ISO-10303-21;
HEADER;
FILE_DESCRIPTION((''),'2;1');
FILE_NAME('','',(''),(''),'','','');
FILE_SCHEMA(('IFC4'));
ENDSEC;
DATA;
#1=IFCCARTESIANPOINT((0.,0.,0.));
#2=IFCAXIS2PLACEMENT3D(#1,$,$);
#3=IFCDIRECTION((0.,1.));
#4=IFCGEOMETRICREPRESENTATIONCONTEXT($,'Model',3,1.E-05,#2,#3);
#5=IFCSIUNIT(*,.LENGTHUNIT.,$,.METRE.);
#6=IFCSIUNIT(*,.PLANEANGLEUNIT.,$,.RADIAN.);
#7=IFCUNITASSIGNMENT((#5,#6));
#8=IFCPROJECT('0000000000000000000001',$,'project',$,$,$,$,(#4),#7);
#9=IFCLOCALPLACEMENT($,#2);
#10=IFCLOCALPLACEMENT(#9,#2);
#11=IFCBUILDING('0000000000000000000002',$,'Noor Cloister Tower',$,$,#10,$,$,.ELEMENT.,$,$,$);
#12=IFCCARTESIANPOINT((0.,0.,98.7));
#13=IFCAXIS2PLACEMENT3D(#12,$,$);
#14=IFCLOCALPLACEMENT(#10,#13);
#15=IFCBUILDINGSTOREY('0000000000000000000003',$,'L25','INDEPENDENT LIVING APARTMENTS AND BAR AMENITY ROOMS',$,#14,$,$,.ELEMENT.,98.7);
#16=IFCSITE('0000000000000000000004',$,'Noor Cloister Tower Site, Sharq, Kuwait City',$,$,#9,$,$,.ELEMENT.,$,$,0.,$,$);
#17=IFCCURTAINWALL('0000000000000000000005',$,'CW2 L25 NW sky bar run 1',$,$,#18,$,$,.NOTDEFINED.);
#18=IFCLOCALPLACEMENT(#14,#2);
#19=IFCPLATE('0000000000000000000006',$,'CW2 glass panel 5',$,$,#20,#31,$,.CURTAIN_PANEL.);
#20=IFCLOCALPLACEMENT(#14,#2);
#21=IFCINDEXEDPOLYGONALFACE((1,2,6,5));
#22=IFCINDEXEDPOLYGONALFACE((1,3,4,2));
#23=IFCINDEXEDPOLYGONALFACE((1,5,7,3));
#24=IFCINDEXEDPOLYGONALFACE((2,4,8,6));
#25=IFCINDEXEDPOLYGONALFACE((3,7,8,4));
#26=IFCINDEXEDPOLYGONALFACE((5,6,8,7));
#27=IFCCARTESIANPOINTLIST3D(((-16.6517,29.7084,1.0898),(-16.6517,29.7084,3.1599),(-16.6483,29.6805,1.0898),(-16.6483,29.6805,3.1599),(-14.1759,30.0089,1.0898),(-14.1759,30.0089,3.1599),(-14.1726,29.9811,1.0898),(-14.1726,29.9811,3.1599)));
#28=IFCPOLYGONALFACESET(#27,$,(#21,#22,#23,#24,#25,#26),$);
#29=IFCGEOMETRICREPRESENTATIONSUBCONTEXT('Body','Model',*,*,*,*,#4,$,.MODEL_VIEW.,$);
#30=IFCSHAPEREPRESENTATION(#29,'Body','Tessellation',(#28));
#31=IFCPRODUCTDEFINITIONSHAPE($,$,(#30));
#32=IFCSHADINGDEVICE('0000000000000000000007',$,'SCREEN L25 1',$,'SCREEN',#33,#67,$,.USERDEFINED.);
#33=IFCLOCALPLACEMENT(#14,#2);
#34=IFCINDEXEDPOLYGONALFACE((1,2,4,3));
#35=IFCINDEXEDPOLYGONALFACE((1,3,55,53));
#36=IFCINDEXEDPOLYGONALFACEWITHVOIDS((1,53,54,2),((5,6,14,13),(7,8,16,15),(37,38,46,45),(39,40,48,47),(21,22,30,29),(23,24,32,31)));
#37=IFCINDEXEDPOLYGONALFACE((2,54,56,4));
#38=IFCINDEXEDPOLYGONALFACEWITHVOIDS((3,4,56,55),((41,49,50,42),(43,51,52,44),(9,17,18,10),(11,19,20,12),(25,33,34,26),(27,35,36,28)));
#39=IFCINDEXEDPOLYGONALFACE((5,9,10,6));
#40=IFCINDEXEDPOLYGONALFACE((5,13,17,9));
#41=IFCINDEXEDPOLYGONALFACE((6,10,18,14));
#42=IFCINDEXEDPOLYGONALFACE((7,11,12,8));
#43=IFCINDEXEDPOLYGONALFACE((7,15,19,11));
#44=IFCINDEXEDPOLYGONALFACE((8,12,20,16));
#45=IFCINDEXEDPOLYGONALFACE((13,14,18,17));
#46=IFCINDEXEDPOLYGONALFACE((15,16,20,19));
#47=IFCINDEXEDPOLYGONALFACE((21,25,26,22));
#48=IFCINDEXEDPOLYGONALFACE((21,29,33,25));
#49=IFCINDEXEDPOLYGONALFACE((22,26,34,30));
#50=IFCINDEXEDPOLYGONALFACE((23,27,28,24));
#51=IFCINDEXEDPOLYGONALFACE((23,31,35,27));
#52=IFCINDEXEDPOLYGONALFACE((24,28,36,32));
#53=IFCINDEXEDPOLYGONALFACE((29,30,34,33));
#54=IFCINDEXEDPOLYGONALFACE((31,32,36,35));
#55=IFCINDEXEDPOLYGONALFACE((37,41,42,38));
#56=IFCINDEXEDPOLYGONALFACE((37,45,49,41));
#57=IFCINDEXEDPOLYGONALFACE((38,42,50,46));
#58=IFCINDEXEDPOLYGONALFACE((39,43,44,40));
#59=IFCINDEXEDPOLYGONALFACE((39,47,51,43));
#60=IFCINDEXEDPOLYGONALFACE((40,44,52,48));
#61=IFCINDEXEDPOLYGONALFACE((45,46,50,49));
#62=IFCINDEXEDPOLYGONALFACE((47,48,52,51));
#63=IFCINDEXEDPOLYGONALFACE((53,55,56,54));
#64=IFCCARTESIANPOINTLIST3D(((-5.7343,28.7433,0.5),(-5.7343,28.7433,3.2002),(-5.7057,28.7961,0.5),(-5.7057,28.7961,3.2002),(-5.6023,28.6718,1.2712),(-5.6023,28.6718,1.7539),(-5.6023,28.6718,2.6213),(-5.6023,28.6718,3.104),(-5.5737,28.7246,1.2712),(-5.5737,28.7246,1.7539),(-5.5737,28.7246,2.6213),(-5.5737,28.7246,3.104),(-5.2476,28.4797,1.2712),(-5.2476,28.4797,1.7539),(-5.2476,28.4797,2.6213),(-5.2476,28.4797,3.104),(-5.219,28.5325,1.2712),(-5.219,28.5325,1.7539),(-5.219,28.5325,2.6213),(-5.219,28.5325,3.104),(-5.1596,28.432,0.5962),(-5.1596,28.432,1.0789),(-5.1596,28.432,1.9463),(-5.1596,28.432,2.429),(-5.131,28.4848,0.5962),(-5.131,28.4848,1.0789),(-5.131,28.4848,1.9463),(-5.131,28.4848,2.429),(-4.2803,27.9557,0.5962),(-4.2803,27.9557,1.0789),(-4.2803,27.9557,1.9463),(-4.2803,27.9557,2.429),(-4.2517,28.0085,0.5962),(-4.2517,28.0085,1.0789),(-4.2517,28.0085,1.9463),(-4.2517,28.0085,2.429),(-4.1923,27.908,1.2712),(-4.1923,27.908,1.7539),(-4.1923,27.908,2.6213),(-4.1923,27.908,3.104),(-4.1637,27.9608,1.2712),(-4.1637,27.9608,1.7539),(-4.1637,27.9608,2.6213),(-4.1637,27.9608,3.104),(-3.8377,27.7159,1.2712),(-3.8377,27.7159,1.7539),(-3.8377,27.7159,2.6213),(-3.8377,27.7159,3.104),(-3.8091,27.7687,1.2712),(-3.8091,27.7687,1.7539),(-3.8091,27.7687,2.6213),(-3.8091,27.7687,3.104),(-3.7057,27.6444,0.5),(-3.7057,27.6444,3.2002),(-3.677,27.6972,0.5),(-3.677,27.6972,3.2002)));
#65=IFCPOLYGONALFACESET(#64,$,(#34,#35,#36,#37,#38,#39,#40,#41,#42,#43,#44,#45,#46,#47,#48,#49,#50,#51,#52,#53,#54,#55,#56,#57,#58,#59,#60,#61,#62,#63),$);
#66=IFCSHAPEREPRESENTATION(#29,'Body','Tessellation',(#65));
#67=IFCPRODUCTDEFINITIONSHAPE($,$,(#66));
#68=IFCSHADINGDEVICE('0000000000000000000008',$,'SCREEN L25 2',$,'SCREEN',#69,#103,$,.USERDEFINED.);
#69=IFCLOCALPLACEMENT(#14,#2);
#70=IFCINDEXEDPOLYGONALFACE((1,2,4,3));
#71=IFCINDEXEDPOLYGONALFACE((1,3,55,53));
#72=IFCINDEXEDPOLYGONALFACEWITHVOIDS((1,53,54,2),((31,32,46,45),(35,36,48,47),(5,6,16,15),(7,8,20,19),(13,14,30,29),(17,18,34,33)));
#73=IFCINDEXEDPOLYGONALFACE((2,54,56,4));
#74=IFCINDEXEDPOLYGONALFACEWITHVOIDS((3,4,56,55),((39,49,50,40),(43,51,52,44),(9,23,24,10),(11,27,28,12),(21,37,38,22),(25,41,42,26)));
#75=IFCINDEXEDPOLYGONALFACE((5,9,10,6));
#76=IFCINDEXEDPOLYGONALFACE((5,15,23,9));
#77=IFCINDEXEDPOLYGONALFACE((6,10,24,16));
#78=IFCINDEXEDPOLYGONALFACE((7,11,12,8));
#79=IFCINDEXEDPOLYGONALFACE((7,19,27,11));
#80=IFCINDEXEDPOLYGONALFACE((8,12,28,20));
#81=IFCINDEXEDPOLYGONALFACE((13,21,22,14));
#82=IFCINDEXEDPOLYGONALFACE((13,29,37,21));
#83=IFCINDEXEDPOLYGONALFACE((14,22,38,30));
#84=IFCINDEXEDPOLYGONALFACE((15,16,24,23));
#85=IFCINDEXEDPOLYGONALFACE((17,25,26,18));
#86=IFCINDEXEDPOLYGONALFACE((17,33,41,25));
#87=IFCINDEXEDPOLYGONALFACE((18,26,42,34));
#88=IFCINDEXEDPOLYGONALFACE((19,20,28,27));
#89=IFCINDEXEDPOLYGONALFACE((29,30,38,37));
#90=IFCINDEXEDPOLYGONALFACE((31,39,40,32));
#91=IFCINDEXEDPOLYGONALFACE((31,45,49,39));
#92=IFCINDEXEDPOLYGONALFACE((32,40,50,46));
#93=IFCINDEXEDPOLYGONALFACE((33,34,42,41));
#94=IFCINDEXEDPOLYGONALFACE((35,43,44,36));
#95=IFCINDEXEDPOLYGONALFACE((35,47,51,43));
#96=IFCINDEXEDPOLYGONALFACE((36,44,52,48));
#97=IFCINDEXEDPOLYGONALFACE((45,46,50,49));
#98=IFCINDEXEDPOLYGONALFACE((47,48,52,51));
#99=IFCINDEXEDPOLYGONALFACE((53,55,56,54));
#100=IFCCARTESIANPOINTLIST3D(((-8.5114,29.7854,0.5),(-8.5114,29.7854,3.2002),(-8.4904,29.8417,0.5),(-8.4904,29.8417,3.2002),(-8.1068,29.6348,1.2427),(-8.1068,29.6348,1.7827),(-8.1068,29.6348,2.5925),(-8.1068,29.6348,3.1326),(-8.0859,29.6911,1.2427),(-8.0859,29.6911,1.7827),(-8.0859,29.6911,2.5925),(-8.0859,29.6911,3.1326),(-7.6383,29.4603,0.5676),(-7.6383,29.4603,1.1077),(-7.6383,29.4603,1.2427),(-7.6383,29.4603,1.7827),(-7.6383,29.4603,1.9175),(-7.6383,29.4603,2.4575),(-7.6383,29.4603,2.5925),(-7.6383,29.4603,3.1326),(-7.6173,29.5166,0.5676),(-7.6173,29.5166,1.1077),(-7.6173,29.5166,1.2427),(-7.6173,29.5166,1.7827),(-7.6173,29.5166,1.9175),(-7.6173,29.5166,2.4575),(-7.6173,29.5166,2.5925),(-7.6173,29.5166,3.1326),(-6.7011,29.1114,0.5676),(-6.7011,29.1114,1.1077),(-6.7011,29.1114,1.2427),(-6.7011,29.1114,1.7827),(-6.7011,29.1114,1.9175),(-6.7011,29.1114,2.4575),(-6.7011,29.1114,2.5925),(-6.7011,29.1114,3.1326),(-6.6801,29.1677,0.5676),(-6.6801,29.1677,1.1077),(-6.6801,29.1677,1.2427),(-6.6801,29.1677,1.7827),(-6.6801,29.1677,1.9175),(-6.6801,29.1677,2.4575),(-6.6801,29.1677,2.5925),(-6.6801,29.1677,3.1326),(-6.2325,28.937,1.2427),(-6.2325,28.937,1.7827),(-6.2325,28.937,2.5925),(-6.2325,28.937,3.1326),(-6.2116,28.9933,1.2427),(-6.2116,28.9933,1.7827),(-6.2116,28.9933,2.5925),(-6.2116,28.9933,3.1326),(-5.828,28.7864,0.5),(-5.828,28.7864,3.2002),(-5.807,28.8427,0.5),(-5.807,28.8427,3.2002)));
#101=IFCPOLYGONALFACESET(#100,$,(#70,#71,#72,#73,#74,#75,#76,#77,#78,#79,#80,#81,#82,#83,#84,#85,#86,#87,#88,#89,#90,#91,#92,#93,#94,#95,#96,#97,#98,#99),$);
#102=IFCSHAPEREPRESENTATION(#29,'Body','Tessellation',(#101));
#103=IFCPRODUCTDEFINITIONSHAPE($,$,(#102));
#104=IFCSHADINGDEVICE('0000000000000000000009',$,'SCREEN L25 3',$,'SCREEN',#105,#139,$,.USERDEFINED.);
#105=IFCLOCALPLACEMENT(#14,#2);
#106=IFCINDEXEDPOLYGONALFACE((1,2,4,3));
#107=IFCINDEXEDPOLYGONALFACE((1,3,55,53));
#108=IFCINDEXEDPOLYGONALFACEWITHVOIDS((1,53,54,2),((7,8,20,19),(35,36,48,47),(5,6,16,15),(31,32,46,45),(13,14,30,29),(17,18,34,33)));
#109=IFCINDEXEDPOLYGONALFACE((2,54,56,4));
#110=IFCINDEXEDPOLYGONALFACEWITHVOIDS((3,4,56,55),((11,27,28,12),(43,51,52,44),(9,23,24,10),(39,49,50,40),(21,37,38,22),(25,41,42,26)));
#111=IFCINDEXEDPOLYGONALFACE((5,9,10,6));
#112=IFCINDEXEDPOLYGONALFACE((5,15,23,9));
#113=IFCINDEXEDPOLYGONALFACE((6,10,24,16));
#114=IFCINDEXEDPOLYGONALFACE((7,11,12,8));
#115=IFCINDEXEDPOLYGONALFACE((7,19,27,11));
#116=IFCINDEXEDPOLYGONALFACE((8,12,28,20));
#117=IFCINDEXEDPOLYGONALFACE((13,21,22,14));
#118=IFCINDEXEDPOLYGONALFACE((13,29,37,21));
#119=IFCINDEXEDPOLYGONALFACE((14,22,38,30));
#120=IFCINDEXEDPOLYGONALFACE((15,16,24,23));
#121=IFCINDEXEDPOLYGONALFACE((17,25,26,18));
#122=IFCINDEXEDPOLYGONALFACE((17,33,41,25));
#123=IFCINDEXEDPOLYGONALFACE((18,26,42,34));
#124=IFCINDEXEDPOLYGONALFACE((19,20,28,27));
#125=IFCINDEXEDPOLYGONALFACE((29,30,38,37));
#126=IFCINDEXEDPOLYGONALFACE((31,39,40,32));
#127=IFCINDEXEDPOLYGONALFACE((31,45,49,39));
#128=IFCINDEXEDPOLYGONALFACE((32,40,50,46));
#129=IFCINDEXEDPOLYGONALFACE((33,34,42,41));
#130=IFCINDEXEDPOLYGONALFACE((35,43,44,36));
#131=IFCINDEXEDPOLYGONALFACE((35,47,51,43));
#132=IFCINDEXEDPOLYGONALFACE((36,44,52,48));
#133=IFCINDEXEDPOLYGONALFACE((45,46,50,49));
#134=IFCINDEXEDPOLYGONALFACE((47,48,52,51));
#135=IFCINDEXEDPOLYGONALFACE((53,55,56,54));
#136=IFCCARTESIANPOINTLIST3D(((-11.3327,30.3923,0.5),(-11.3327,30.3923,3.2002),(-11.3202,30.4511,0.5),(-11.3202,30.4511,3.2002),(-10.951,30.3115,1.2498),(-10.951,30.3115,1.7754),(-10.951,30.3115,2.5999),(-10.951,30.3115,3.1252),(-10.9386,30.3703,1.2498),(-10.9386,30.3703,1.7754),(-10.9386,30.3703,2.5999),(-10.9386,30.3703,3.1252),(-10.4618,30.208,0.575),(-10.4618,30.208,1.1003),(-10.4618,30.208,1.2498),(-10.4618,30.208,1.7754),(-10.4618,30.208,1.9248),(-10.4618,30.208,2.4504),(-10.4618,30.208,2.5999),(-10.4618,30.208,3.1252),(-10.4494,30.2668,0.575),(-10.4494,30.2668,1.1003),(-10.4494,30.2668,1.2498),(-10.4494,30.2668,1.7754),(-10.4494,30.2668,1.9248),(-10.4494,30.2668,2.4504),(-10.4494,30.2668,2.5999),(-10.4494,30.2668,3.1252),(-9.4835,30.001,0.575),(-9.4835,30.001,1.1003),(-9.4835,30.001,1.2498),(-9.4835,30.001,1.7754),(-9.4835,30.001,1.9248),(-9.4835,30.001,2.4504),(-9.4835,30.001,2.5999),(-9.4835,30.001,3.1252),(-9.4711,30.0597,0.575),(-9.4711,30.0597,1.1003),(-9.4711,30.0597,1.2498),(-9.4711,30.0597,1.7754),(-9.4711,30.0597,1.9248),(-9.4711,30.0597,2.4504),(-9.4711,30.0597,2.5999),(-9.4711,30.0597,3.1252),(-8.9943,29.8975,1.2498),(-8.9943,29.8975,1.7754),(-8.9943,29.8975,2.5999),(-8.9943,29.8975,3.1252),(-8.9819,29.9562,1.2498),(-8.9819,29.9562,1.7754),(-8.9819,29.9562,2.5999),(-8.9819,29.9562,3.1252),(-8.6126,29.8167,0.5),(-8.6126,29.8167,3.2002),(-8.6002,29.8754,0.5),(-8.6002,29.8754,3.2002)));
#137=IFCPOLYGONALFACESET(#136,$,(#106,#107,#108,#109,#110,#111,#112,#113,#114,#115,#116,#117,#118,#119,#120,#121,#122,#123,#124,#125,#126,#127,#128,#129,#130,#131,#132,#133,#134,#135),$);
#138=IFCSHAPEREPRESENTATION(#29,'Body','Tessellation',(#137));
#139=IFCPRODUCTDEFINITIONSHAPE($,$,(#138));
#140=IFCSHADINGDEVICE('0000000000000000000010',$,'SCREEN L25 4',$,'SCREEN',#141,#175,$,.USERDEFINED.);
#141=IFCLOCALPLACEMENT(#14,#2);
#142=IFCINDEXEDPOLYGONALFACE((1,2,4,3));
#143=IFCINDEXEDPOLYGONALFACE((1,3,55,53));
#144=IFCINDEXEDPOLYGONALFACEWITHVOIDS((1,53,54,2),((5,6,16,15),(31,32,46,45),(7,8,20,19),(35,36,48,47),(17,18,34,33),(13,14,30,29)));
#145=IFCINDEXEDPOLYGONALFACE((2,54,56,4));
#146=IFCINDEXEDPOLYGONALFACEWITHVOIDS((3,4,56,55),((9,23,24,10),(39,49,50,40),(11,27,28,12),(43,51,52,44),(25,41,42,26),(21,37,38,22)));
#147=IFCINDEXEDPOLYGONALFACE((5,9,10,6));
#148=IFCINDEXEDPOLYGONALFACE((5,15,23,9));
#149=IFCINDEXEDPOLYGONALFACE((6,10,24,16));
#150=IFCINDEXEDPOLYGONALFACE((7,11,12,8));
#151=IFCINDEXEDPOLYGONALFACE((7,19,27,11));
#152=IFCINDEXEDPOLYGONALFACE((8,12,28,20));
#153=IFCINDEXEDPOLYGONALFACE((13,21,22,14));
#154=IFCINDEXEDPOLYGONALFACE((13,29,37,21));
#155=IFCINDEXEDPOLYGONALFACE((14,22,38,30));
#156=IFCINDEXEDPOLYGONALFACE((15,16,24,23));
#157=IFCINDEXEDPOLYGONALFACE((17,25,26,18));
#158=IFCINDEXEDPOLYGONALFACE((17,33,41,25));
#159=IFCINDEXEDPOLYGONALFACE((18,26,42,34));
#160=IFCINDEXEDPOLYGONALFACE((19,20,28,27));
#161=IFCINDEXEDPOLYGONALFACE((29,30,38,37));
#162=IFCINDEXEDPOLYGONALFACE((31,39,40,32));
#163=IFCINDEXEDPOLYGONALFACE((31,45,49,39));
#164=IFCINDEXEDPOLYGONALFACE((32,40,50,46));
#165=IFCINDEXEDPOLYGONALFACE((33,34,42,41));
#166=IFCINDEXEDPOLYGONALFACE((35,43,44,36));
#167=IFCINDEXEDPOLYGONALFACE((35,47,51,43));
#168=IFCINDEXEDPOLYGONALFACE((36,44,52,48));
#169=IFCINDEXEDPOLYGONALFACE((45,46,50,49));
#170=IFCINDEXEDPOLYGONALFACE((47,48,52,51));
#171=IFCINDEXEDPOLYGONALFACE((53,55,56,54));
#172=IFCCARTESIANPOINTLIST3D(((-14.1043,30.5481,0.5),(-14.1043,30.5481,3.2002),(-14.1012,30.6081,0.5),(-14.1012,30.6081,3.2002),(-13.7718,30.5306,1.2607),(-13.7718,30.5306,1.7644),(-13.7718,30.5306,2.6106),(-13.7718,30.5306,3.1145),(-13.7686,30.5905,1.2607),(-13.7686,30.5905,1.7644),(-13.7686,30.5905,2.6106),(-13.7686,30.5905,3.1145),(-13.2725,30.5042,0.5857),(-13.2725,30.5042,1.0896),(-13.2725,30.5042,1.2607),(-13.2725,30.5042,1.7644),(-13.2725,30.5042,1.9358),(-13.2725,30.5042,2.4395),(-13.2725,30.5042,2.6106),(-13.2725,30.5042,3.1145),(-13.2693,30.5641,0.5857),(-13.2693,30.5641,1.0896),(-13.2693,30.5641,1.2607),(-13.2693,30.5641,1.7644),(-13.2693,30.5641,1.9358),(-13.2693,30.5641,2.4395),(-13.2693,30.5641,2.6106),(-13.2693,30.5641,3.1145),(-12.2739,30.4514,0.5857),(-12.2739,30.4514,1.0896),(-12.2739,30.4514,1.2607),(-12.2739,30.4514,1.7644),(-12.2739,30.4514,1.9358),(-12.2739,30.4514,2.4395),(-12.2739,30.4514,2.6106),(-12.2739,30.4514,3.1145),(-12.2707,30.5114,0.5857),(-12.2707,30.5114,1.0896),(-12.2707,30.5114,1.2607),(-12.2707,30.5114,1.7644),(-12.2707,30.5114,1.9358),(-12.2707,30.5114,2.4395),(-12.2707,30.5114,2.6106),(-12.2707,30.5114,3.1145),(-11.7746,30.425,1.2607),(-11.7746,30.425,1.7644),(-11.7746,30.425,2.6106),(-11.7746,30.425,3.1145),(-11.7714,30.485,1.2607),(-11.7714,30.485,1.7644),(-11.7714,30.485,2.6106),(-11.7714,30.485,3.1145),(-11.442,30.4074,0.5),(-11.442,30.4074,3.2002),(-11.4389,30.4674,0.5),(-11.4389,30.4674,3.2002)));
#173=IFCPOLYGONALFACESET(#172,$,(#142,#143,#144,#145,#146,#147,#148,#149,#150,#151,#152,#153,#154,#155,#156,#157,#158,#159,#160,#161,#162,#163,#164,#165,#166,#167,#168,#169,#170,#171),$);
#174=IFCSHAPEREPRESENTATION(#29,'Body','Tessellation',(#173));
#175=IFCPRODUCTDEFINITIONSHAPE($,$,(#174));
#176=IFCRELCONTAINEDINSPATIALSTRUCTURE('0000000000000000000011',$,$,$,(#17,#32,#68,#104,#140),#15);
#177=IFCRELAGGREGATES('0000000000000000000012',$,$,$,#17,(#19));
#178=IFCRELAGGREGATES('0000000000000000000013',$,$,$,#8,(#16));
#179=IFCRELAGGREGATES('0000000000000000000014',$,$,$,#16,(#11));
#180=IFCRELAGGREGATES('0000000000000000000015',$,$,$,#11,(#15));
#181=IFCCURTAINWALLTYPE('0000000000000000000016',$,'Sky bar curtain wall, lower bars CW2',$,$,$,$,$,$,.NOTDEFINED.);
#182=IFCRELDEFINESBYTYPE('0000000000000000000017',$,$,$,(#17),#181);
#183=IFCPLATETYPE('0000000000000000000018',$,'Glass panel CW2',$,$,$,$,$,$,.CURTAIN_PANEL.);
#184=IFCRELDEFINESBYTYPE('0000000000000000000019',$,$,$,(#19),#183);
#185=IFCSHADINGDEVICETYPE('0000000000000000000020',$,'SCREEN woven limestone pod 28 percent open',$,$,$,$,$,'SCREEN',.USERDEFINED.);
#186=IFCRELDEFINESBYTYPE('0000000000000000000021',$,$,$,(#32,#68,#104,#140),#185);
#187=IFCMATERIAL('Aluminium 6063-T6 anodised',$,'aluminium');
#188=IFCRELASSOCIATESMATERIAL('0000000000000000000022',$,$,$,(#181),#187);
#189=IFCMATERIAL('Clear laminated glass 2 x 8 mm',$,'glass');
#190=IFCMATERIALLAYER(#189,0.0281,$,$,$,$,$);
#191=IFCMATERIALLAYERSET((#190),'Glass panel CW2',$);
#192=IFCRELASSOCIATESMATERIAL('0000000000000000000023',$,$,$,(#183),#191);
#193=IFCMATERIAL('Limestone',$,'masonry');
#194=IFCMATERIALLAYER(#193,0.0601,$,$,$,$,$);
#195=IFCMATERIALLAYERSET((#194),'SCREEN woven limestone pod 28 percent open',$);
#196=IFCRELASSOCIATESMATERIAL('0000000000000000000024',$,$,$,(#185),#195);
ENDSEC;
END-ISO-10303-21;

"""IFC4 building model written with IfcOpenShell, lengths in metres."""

from ifc_helpers import new_model, si_unit, direction, frame, origin, origin_2d, place, context, subcontext, project, spatial, polyline, rectangle, outline, extrude, material, layer, layer_set, type_object, element, aggregate, save


model = new_model("IFC4")

# Units and contexts
model_context = context("Model", 3, precision=1e-05, world=origin(), true_north=direction((0.0, 1.0)))
body_context = subcontext(model_context, "Body", "Model", "MODEL_VIEW")
ifc_project = project(units=[si_unit("LENGTHUNIT", "METRE"), si_unit("PLANEANGLEUNIT", "RADIAN")], contexts=[model_context])

# Site, building, storey
site_placement = place(None, origin())
site = spatial("IfcSite", under=ifc_project, at=site_placement, Name="Noor Cloister Tower Site, Sharq, Kuwait City", CompositionType="ELEMENT", RefElevation=0.0)
building_placement = place(site_placement, origin())
building = spatial("IfcBuilding", under=site, at=building_placement, Name="Noor Cloister Tower", CompositionType="ELEMENT")
storey_placement = place(building_placement, frame((0.0, 0.0, 98.7)))
storey = spatial("IfcBuildingStorey", under=building, at=storey_placement, Name="L25", Description="INDEPENDENT LIVING APARTMENTS AND BAR AMENITY ROOMS", CompositionType="ELEMENT", Elevation=98.7)

# Curtain wall
ifc_material_1 = material(Name="Aluminium 6063-T6 anodised", Category="aluminium")
curtain_wall_type = type_object("IfcCurtainWallType", Name="Sky bar curtain wall, lower bars CW2", PredefinedType="NOTDEFINED", material=ifc_material_1)
curtain_wall_placement = place(storey_placement, origin())
curtain_wall = element("IfcCurtainWall", 1, at=curtain_wall_placement, inside=storey, type_object=curtain_wall_type, Name="CW2 L25 NW sky bar run 1", PredefinedType="NOTDEFINED")

# Plate
ifc_material_2 = material(Name="Clear laminated glass 2 x 8 mm", Category="glass")
ifc_layer_1 = layer(ifc_material_2, 0.0281)
ifc_layer_set_1 = layer_set([ifc_layer_1], Name="Glass panel CW2")
plate_type = type_object("IfcPlateType", Name="Glass panel CW2", PredefinedType="CURTAIN_PANEL", material=ifc_layer_set_1)
plate_1_placement = place(storey_placement, frame((-15.4121, 29.8447, 1.0898), z_axis=(0.0, 0.0, 1.0), x_axis=(-0.992712, -0.12051, 0.0)))
plate_1 = element("IfcPlate", 2, at=plate_1_placement, type_object=plate_type, Name="CW2 glass panel 5", PredefinedType="CURTAIN_PANEL", context=body_context, shape_type="SweptSolid", body=[
    extrude(rectangle(XDim=2.4939, YDim=0.0281, at=origin_2d()), origin(), (0.0, 0.0, 1.0), 2.0701),
])
aggregate(curtain_wall, [plate_1])

# Shading devices
ifc_material_3 = material(Name="Limestone", Category="masonry")
ifc_layer_2 = layer(ifc_material_3, 0.0601)
ifc_layer_set_2 = layer_set([ifc_layer_2], Name="SCREEN woven limestone pod 28 percent open")
shading_device_type = type_object("IfcShadingDeviceType", Name="SCREEN woven limestone pod 28 percent open", ElementType="SCREEN", PredefinedType="USERDEFINED", material=ifc_layer_set_2)
shading_device_1_placement = place(storey_placement, frame((-4.72, 28.1938, 1.8501), z_axis=(0.476283, 0.879292, 0.0), x_axis=(-0.879292, 0.476283, 0.0)))
element("IfcShadingDevice", 3, at=shading_device_1_placement, inside=storey, type_object=shading_device_type, Name="SCREEN L25 1", ObjectType="SCREEN", PredefinedType="USERDEFINED", context=body_context, shape_type="SweptSolid", body=[
    extrude(outline(polyline([(-1.1536, -1.3501), (1.1536, -1.3501), (1.1536, 1.3501), (-1.1536, 1.3501), (-1.1536, -1.3501)]), holes=[polyline([(-0.5, -1.2539), (0.5, -1.2539), (0.5, -0.7712), (-0.5, -0.7712), (-0.5, -1.2539)]), polyline([(0.6001, -0.5789), (1.0034, -0.5789), (1.0034, -0.0962), (0.6001, -0.0962), (0.6001, -0.5789)]), polyline([(-1.0034, -0.5789), (-0.6001, -0.5789), (-0.6001, -0.0962), (-1.0034, -0.0962), (-1.0034, -0.5789)]), polyline([(-0.5, 0.0962), (0.5, 0.0962), (0.5, 0.5789), (-0.5, 0.5789), (-0.5, 0.0962)]), polyline([(0.6001, 0.7712), (1.0034, 0.7712), (1.0034, 1.2539), (0.6001, 1.2539), (0.6001, 0.7712)]), polyline([(-1.0034, 0.7712), (-0.6001, 0.7712), (-0.6001, 1.2539), (-1.0034, 1.2539), (-1.0034, 0.7712)])]), origin(), (0.0, 0.0, 1.0), 0.0601),
])
shading_device_2_placement = place(storey_placement, frame((-7.1697, 29.2859, 1.8501), z_axis=(0.348899, 0.93716, 0.0), x_axis=(-0.93716, 0.348899, 0.0)))
element("IfcShadingDevice", 4, at=shading_device_2_placement, inside=storey, type_object=shading_device_type, Name="SCREEN L25 2", ObjectType="SCREEN", PredefinedType="USERDEFINED", context=body_context, shape_type="SweptSolid", body=[
    extrude(outline(polyline([(-1.4316, -1.3501), (1.4316, -1.3501), (1.4316, 1.3501), (-1.4316, 1.3501), (-1.4316, -1.3501)]), holes=[polyline([(-0.5, -1.2825), (0.5, -1.2825), (0.5, -0.7424), (-0.5, -0.7424), (-0.5, -1.2825)]), polyline([(-1.0, -0.6074), (-0.5, -0.6074), (-0.5, -0.0674), (-1.0, -0.0674), (-1.0, -0.6074)]), polyline([(0.5, -0.6074), (1.0, -0.6074), (1.0, -0.0674), (0.5, -0.0674), (0.5, -0.6074)]), polyline([(-0.5, 0.0674), (0.5, 0.0674), (0.5, 0.6074), (-0.5, 0.6074), (-0.5, 0.0674)]), polyline([(-1.0, 0.7424), (-0.5, 0.7424), (-0.5, 1.2825), (-1.0, 1.2825), (-1.0, 0.7424)]), polyline([(0.5, 0.7424), (1.0, 0.7424), (1.0, 1.2825), (0.5, 1.2825), (0.5, 0.7424)])]), origin(), (0.0, 0.0, 1.0), 0.0601),
])
shading_device_3_placement = place(storey_placement, frame((-9.9727, 30.1045, 1.8501), z_axis=(0.207033, 0.978334, 0.0), x_axis=(-0.978334, 0.207033, 0.0)))
element("IfcShadingDevice", 5, at=shading_device_3_placement, inside=storey, type_object=shading_device_type, Name="SCREEN L25 3", ObjectType="SCREEN", PredefinedType="USERDEFINED", context=body_context, shape_type="SweptSolid", body=[
    extrude(outline(polyline([(-1.3901, -1.3501), (1.3901, -1.3501), (1.3901, 1.3501), (-1.3901, 1.3501), (-1.3901, -1.3501)]), holes=[polyline([(-0.5, -1.2751), (0.5, -1.2751), (0.5, -0.7498), (-0.5, -0.7498), (-0.5, -1.2751)]), polyline([(-1.0, -0.6003), (-0.5, -0.6003), (-0.5, -0.0747), (-1.0, -0.0747), (-1.0, -0.6003)]), polyline([(0.5, -0.6003), (1.0, -0.6003), (1.0, -0.0747), (0.5, -0.0747), (0.5, -0.6003)]), polyline([(-0.5, 0.0747), (0.5, 0.0747), (0.5, 0.6003), (-0.5, 0.6003), (-0.5, 0.0747)]), polyline([(-1.0, 0.7498), (-0.5, 0.7498), (-0.5, 1.2751), (-1.0, 1.2751), (-1.0, 0.7498)]), polyline([(0.5, 0.7498), (1.0, 0.7498), (1.0, 1.2751), (0.5, 1.2751), (0.5, 0.7498)])]), origin(), (0.0, 0.0, 1.0), 0.0601),
])
shading_device_4_placement = place(storey_placement, frame((-12.7732, 30.4778, 1.8501), z_axis=(0.052772, 0.998607, 0.0), x_axis=(-0.998607, 0.052772, 0.0)))
element("IfcShadingDevice", 6, at=shading_device_4_placement, inside=storey, type_object=shading_device_type, Name="SCREEN L25 4", ObjectType="SCREEN", PredefinedType="USERDEFINED", context=body_context, shape_type="SweptSolid", body=[
    extrude(outline(polyline([(-1.333, -1.3501), (1.333, -1.3501), (1.333, 1.3501), (-1.333, 1.3501), (-1.333, -1.3501)]), holes=[polyline([(-0.5, -1.2644), (0.5, -1.2644), (0.5, -0.7605), (-0.5, -0.7605), (-0.5, -1.2644)]), polyline([(-1.0, -0.5894), (-0.5, -0.5894), (-0.5, -0.0857), (-1.0, -0.0857), (-1.0, -0.5894)]), polyline([(0.5, -0.5894), (1.0, -0.5894), (1.0, -0.0857), (0.5, -0.0857), (0.5, -0.5894)]), polyline([(-0.5, 0.0857), (0.5, 0.0857), (0.5, 0.5894), (-0.5, 0.5894), (-0.5, 0.0857)]), polyline([(-1.0, 0.7605), (-0.5, 0.7605), (-0.5, 1.2644), (-1.0, 1.2644), (-1.0, 0.7605)]), polyline([(0.5, 0.7605), (1.0, 0.7605), (1.0, 1.2644), (0.5, 1.2644), (0.5, 0.7605)])]), origin(), (0.0, 0.0, 1.0), 0.0601),
])

save(model, "model.ifc")
